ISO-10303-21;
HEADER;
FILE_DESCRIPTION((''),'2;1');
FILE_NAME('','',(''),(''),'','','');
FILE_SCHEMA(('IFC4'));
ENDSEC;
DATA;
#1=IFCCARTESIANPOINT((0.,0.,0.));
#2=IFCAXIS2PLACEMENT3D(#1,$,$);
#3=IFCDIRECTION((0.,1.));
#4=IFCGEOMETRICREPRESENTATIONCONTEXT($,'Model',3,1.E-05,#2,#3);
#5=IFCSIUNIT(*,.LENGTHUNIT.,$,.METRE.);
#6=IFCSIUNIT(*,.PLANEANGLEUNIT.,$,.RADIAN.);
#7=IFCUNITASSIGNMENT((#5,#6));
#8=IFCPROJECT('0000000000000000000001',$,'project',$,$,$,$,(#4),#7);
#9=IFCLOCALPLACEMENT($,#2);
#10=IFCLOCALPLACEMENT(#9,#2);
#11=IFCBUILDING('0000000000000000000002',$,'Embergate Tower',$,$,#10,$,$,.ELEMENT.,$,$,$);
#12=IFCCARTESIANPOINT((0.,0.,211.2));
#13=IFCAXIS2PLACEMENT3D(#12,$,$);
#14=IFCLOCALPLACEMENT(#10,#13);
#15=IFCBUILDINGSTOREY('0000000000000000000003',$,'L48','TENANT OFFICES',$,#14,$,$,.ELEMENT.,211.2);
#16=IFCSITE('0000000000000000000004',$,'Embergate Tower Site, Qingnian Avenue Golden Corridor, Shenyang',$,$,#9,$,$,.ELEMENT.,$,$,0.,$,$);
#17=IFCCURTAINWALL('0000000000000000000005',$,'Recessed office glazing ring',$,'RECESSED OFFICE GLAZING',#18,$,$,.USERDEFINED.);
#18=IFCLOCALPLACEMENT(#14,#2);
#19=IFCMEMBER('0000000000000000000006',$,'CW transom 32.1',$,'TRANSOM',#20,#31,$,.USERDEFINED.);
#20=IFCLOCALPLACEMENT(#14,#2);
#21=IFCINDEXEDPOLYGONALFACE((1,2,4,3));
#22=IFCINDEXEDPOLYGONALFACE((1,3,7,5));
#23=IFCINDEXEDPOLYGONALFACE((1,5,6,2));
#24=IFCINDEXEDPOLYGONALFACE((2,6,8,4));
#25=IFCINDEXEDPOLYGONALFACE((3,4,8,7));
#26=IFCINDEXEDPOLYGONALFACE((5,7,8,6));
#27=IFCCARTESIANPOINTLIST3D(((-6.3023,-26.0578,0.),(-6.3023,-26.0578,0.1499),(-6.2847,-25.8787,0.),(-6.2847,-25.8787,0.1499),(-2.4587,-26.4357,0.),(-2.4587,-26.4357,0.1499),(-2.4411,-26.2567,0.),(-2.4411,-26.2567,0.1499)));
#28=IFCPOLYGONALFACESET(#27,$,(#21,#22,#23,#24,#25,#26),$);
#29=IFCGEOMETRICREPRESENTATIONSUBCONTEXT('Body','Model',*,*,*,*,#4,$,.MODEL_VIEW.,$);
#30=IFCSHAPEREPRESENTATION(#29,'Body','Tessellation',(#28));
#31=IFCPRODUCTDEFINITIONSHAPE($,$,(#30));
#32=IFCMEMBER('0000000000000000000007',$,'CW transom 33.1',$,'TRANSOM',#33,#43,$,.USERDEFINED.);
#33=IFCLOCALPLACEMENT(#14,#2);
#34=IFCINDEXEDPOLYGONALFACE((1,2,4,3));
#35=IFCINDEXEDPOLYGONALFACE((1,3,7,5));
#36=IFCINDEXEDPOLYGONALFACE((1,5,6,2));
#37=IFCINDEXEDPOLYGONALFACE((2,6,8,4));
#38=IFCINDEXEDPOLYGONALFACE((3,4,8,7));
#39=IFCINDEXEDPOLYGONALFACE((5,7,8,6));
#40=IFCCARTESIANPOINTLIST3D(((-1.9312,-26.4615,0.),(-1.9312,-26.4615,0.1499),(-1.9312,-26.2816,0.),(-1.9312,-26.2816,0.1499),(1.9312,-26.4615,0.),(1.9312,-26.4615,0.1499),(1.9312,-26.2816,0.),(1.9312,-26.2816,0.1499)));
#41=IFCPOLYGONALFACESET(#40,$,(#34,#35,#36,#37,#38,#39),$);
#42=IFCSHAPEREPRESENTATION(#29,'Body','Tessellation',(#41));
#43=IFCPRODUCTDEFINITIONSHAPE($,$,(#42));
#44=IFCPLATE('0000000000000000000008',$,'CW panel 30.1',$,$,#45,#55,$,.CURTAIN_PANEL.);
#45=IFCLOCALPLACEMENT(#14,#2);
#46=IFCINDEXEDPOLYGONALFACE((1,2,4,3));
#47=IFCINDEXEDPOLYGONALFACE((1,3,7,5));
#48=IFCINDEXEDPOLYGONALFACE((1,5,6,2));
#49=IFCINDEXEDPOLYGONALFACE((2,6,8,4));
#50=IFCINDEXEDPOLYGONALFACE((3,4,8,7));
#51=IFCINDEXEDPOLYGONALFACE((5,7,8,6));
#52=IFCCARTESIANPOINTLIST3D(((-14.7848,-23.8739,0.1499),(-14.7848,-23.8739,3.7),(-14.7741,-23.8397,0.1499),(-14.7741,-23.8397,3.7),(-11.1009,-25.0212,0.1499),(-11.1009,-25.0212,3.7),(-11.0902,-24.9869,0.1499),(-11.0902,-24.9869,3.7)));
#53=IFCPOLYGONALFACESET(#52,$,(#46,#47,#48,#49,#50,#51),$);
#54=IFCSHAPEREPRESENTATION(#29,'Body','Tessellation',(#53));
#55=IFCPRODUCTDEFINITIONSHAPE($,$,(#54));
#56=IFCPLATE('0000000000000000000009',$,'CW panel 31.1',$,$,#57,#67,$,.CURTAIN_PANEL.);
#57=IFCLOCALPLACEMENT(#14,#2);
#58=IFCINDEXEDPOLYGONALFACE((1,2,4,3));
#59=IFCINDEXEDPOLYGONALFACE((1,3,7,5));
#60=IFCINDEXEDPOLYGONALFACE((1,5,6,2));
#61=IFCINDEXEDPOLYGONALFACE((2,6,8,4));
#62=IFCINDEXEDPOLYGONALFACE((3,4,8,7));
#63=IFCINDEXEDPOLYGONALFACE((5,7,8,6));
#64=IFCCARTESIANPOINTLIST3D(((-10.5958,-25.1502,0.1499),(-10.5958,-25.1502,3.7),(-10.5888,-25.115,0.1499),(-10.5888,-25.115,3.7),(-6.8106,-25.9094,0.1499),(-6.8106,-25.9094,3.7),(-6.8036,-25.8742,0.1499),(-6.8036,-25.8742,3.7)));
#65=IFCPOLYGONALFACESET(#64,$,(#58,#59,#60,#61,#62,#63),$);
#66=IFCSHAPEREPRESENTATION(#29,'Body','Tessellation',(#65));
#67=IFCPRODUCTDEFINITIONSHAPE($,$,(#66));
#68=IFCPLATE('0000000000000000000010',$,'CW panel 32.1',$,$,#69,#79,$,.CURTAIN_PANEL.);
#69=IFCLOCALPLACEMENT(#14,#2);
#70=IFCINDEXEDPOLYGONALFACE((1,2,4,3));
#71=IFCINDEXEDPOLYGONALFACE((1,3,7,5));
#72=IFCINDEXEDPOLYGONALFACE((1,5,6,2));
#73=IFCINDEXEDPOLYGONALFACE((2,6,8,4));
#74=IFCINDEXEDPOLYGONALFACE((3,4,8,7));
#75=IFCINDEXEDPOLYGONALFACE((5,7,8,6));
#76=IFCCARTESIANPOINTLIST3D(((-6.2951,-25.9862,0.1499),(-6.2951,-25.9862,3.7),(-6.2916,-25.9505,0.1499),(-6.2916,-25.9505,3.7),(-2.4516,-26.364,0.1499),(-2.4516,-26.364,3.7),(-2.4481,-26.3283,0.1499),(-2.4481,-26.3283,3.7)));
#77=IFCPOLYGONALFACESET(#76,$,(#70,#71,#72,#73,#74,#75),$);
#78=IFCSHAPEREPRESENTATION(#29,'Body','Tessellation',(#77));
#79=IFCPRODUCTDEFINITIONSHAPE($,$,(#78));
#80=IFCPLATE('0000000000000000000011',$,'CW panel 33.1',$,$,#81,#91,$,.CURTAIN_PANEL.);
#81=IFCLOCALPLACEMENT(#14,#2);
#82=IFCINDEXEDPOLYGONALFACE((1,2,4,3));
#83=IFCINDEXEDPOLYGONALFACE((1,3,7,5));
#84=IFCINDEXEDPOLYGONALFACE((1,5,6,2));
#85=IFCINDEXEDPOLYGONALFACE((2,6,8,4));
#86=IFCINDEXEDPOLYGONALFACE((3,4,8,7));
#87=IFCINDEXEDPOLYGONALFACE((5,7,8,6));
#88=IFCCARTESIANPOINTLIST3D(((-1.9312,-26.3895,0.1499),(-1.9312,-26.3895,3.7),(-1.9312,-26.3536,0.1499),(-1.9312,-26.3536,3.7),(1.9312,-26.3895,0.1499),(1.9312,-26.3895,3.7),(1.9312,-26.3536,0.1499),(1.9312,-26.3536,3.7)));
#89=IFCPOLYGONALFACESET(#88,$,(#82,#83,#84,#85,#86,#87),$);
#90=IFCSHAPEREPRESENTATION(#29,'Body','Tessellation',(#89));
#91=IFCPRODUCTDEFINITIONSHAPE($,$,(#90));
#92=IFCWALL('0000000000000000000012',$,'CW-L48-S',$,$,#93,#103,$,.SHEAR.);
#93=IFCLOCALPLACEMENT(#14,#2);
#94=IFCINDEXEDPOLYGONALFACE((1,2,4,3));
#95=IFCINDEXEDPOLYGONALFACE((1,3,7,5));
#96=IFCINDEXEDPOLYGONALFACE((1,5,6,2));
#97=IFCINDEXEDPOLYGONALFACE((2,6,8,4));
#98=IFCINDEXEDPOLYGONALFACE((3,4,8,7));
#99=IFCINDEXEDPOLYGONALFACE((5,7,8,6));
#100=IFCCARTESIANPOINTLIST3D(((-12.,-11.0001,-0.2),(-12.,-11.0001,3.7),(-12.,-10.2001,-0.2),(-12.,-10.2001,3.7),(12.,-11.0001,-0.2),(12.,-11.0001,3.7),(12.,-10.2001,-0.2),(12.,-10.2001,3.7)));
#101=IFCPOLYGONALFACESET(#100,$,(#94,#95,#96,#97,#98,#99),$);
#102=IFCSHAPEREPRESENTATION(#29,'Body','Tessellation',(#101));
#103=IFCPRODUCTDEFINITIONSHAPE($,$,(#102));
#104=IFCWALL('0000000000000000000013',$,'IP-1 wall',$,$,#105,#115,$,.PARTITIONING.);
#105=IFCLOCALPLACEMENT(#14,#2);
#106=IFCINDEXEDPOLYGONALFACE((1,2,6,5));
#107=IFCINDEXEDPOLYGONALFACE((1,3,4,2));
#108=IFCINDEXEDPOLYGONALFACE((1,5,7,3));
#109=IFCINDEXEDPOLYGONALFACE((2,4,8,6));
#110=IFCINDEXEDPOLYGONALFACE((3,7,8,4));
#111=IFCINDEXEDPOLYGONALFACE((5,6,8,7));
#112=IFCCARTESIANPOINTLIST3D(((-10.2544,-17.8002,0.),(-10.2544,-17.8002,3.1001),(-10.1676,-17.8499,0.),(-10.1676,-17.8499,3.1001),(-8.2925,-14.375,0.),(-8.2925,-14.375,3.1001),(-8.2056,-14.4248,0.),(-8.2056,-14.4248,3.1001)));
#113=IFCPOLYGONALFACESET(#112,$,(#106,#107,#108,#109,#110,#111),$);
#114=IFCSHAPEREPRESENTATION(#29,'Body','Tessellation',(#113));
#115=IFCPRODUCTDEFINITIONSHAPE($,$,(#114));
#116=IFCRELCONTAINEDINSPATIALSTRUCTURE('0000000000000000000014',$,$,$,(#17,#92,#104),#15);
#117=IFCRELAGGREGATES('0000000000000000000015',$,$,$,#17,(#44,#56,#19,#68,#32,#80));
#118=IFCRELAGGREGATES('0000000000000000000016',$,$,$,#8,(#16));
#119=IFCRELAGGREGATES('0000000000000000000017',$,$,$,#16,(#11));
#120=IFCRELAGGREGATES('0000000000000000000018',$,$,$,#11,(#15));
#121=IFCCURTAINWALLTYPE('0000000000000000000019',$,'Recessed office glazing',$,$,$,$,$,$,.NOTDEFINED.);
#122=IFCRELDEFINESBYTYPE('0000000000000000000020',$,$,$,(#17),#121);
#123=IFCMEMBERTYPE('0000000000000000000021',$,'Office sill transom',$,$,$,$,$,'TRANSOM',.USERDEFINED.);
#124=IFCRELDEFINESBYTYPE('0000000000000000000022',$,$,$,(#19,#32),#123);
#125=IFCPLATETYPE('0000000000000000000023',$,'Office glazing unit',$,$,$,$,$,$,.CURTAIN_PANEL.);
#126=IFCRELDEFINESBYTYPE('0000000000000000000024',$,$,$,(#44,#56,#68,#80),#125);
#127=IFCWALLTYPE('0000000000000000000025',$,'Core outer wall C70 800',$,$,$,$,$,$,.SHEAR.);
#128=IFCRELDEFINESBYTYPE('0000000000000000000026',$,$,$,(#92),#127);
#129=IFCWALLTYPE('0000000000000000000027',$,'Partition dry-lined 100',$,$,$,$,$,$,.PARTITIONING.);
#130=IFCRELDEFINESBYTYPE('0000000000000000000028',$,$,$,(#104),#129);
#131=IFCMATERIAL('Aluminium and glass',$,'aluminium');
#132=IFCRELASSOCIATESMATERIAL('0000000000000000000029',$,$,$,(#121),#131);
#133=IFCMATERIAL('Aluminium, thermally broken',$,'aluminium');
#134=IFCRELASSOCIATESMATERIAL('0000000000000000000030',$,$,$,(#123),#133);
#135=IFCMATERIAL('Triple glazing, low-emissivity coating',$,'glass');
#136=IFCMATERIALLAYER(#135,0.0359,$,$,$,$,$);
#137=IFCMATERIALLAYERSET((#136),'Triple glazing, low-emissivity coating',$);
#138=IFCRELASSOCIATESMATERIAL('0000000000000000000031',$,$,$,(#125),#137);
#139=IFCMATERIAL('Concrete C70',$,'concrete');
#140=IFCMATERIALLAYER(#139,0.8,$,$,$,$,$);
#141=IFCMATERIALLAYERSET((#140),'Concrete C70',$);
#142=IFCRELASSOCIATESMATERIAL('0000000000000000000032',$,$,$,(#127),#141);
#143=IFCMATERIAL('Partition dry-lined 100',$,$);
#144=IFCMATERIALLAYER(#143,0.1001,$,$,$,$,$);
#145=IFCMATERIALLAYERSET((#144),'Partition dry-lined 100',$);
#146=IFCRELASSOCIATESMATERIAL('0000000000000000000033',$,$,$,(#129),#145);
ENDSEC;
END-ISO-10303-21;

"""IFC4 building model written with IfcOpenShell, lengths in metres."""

from ifc_helpers import new_model, si_unit, direction, frame, frame_2d, origin, origin_2d, place, context, subcontext, project, spatial, rectangle, extrude, source, transform, mapped, material, layer, layer_set, material_profile, profile_set, type_object, element, aggregate, save


model = new_model("IFC4")

# Units and contexts
model_context = context("Model", 3, precision=1e-05, world=origin(), true_north=direction((0.0, 1.0)))
body_context = subcontext(model_context, "Body", "Model", "MODEL_VIEW")
ifc_project = project(units=[si_unit("LENGTHUNIT", "METRE"), si_unit("PLANEANGLEUNIT", "RADIAN")], contexts=[model_context])

# Site, building, storey
site_placement = place(None, origin())
site = spatial("IfcSite", under=ifc_project, at=site_placement, Name="Embergate Tower Site, Qingnian Avenue Golden Corridor, Shenyang", CompositionType="ELEMENT", RefElevation=0.0)
building_placement = place(site_placement, origin())
building = spatial("IfcBuilding", under=site, at=building_placement, Name="Embergate Tower", CompositionType="ELEMENT")
storey_placement = place(building_placement, frame((0.0, 0.0, 211.2)))
storey = spatial("IfcBuildingStorey", under=building, at=storey_placement, Name="L48", Description="TENANT OFFICES", CompositionType="ELEMENT", Elevation=211.2)

# Curtain wall, members
ifc_material_1 = material(Name="Aluminium and glass", Category="aluminium")
curtain_wall_type = type_object("IfcCurtainWallType", Name="Recessed office glazing", PredefinedType="NOTDEFINED", material=ifc_material_1)
curtain_wall_placement = place(storey_placement, origin())
curtain_wall = element("IfcCurtainWall", 1, at=curtain_wall_placement, inside=storey, type_object=curtain_wall_type, Name="Recessed office glazing ring", ObjectType="RECESSED OFFICE GLAZING", PredefinedType="USERDEFINED")
ifc_material_2 = material(Name="Aluminium, thermally broken", Category="aluminium")
ifc_material_profile_1 = material_profile(ifc_material_2, rectangle(XDim=0.1799, YDim=0.1499, at=origin_2d()), Name="AL 150x180")
ifc_profile_set_1 = profile_set([ifc_material_profile_1], Name="Aluminium, thermally broken")
member_type_1 = type_object("IfcMemberType", Name="Office sill transom", ElementType="TRANSOM", PredefinedType="USERDEFINED", material=ifc_profile_set_1)
shared_shape_1 = source(origin(), body_context, "Body", "SweptSolid", [
    extrude(rectangle(XDim=0.1799, YDim=0.1499, at=origin_2d()), origin(), (0.0, 0.0, 1.0), 3.8621),
])
member_1_placement = place(storey_placement, frame((-6.2935, -25.9683, 0.075), z_axis=(0.9952, -0.097857, 0.0), x_axis=(0.097857, 0.9952, 0.0)))
member_1 = element("IfcMember", 2, at=member_1_placement, type_object=member_type_1, Name="CW transom 32.1", ObjectType="TRANSOM", PredefinedType="USERDEFINED", context=body_context, shape_type="MappedRepresentation", body=[
    mapped(shared_shape_1, transform((0.0, 0.0, 0.0))),
])
shared_shape_2 = source(origin(), body_context, "Body", "SweptSolid", [
    extrude(rectangle(XDim=0.1799, YDim=0.1499, at=origin_2d()), origin(), (0.0, 0.0, 1.0), 3.8623),
])
member_2_placement = place(storey_placement, frame((-1.9312, -26.3716, 0.075), z_axis=(1.0, 0.0, 0.0), x_axis=(0.0, 1.0, 0.0)))
member_2 = element("IfcMember", 3, at=member_2_placement, type_object=member_type_1, Name="CW transom 33.1", ObjectType="TRANSOM", PredefinedType="USERDEFINED", context=body_context, shape_type="MappedRepresentation", body=[
    mapped(shared_shape_2, transform((0.0, 0.0, 0.0))),
])

# Plates
ifc_material_3 = material(Name="Triple glazing, low-emissivity coating", Category="glass")
ifc_layer_1 = layer(ifc_material_3, 0.0359)
ifc_layer_set_1 = layer_set([ifc_layer_1], Name="Triple glazing, low-emissivity coating")
plate_type = type_object("IfcPlateType", Name="Office glazing unit", PredefinedType="CURTAIN_PANEL", material=ifc_layer_set_1)
shared_shape_3 = source(origin(), body_context, "Body", "SweptSolid", [
    extrude(rectangle(XDim=3.8584, YDim=0.0359, at=origin_2d()), origin(), (0.0, 0.0, 1.0), 3.55),
])
plate_1_placement = place(storey_placement, frame((-12.9375, -24.4304, 0.1499), z_axis=(0.0, 0.0, 1.0), x_axis=(0.954771, -0.297343, 0.0)))
plate_1 = element("IfcPlate", 4, at=plate_1_placement, type_object=plate_type, Name="CW panel 30.1", PredefinedType="CURTAIN_PANEL", context=body_context, shape_type="MappedRepresentation", body=[
    mapped(shared_shape_3, transform((0.0, 0.0, 0.0))),
])
shared_shape_4 = source(origin(), body_context, "Body", "SweptSolid", [
    extrude(rectangle(XDim=3.8606, YDim=0.0359, at=origin_2d()), origin(), (0.0, 0.0, 1.0), 3.55),
])
plate_2_placement = place(storey_placement, frame((-8.6997, -25.5122, 0.1499), z_axis=(0.0, 0.0, 1.0), x_axis=(0.980475, -0.196643, 0.0)))
plate_2 = element("IfcPlate", 5, at=plate_2_placement, type_object=plate_type, Name="CW panel 31.1", PredefinedType="CURTAIN_PANEL", context=body_context, shape_type="MappedRepresentation", body=[
    mapped(shared_shape_4, transform((0.0, 0.0, 0.0))),
])
shared_shape_5 = source(origin(), body_context, "Body", "SweptSolid", [
    extrude(rectangle(XDim=3.8621, YDim=0.0359, at=origin_2d()), origin(), (0.0, 0.0, 1.0), 3.55),
])
plate_3_placement = place(storey_placement, frame((-4.3716, -26.1572, 0.1499), z_axis=(0.0, 0.0, 1.0), x_axis=(0.995203, -0.097831, 0.0)))
plate_3 = element("IfcPlate", 6, at=plate_3_placement, type_object=plate_type, Name="CW panel 32.1", PredefinedType="CURTAIN_PANEL", context=body_context, shape_type="MappedRepresentation", body=[
    mapped(shared_shape_5, transform((0.0, 0.0, 0.0))),
])
shared_shape_6 = source(origin(), body_context, "Body", "SweptSolid", [
    extrude(rectangle(XDim=3.8623, YDim=0.0359, at=origin_2d()), origin(), (0.0, 0.0, 1.0), 3.55),
])
plate_4_placement = place(storey_placement, frame((0.0, -26.3716, 0.1499), z_axis=(0.0, 0.0, 1.0), x_axis=(1.0, 0.0, 0.0)))
plate_4 = element("IfcPlate", 7, at=plate_4_placement, type_object=plate_type, Name="CW panel 33.1", PredefinedType="CURTAIN_PANEL", context=body_context, shape_type="MappedRepresentation", body=[
    mapped(shared_shape_6, transform((0.0, 0.0, 0.0))),
])
aggregate(curtain_wall, [plate_1, plate_2, member_1, plate_3, member_2, plate_4])

# Walls
ifc_material_4 = material(Name="Concrete C70", Category="concrete")
ifc_layer_2 = layer(ifc_material_4, 0.8)
ifc_layer_set_2 = layer_set([ifc_layer_2], Name="Concrete C70")
wall_type_1 = type_object("IfcWallType", Name="Core outer wall C70 800", PredefinedType="SHEAR", material=ifc_layer_set_2)
shared_shape_7 = source(origin(), body_context, "Body", "SweptSolid", [
    extrude(rectangle(XDim=24.0, YDim=0.8, at=frame_2d((12.0, 0.0))), origin(), (0.0, 0.0, 1.0), 3.8999),
])
wall_1_placement = place(storey_placement, frame((-12.0, -10.6001, -0.2), z_axis=(0.0, 0.0, 1.0), x_axis=(1.0, 0.0, 0.0)))
element("IfcWall", 8, at=wall_1_placement, inside=storey, type_object=wall_type_1, Name="CW-L48-S", PredefinedType="SHEAR", context=body_context, shape_type="MappedRepresentation", body=[
    mapped(shared_shape_7, transform((0.0, 0.0, 0.0))),
])
ifc_material_5 = material(Name="Partition dry-lined 100")
ifc_layer_3 = layer(ifc_material_5, 0.1001)
ifc_layer_set_3 = layer_set([ifc_layer_3], Name="Partition dry-lined 100")
wall_type_2 = type_object("IfcWallType", Name="Partition dry-lined 100", PredefinedType="PARTITIONING", material=ifc_layer_set_3)
shared_shape_8 = source(origin(), body_context, "Body", "SweptSolid", [
    extrude(rectangle(XDim=3.9473, YDim=0.1001, at=frame_2d((1.9736, 0.0))), origin(), (0.0, 0.0, 1.0), 3.1001),
])
wall_2_placement = place(storey_placement, frame((-8.249, -14.3999, 0.0), z_axis=(0.0, 0.0, 1.0), x_axis=(-0.497045, -0.867725, 0.0)))
element("IfcWall", 9, at=wall_2_placement, inside=storey, type_object=wall_type_2, Name="IP-1 wall", PredefinedType="PARTITIONING", context=body_context, shape_type="MappedRepresentation", body=[
    mapped(shared_shape_8, transform((0.0, 0.0, 0.0))),
])

save(model, "model.ifc")
